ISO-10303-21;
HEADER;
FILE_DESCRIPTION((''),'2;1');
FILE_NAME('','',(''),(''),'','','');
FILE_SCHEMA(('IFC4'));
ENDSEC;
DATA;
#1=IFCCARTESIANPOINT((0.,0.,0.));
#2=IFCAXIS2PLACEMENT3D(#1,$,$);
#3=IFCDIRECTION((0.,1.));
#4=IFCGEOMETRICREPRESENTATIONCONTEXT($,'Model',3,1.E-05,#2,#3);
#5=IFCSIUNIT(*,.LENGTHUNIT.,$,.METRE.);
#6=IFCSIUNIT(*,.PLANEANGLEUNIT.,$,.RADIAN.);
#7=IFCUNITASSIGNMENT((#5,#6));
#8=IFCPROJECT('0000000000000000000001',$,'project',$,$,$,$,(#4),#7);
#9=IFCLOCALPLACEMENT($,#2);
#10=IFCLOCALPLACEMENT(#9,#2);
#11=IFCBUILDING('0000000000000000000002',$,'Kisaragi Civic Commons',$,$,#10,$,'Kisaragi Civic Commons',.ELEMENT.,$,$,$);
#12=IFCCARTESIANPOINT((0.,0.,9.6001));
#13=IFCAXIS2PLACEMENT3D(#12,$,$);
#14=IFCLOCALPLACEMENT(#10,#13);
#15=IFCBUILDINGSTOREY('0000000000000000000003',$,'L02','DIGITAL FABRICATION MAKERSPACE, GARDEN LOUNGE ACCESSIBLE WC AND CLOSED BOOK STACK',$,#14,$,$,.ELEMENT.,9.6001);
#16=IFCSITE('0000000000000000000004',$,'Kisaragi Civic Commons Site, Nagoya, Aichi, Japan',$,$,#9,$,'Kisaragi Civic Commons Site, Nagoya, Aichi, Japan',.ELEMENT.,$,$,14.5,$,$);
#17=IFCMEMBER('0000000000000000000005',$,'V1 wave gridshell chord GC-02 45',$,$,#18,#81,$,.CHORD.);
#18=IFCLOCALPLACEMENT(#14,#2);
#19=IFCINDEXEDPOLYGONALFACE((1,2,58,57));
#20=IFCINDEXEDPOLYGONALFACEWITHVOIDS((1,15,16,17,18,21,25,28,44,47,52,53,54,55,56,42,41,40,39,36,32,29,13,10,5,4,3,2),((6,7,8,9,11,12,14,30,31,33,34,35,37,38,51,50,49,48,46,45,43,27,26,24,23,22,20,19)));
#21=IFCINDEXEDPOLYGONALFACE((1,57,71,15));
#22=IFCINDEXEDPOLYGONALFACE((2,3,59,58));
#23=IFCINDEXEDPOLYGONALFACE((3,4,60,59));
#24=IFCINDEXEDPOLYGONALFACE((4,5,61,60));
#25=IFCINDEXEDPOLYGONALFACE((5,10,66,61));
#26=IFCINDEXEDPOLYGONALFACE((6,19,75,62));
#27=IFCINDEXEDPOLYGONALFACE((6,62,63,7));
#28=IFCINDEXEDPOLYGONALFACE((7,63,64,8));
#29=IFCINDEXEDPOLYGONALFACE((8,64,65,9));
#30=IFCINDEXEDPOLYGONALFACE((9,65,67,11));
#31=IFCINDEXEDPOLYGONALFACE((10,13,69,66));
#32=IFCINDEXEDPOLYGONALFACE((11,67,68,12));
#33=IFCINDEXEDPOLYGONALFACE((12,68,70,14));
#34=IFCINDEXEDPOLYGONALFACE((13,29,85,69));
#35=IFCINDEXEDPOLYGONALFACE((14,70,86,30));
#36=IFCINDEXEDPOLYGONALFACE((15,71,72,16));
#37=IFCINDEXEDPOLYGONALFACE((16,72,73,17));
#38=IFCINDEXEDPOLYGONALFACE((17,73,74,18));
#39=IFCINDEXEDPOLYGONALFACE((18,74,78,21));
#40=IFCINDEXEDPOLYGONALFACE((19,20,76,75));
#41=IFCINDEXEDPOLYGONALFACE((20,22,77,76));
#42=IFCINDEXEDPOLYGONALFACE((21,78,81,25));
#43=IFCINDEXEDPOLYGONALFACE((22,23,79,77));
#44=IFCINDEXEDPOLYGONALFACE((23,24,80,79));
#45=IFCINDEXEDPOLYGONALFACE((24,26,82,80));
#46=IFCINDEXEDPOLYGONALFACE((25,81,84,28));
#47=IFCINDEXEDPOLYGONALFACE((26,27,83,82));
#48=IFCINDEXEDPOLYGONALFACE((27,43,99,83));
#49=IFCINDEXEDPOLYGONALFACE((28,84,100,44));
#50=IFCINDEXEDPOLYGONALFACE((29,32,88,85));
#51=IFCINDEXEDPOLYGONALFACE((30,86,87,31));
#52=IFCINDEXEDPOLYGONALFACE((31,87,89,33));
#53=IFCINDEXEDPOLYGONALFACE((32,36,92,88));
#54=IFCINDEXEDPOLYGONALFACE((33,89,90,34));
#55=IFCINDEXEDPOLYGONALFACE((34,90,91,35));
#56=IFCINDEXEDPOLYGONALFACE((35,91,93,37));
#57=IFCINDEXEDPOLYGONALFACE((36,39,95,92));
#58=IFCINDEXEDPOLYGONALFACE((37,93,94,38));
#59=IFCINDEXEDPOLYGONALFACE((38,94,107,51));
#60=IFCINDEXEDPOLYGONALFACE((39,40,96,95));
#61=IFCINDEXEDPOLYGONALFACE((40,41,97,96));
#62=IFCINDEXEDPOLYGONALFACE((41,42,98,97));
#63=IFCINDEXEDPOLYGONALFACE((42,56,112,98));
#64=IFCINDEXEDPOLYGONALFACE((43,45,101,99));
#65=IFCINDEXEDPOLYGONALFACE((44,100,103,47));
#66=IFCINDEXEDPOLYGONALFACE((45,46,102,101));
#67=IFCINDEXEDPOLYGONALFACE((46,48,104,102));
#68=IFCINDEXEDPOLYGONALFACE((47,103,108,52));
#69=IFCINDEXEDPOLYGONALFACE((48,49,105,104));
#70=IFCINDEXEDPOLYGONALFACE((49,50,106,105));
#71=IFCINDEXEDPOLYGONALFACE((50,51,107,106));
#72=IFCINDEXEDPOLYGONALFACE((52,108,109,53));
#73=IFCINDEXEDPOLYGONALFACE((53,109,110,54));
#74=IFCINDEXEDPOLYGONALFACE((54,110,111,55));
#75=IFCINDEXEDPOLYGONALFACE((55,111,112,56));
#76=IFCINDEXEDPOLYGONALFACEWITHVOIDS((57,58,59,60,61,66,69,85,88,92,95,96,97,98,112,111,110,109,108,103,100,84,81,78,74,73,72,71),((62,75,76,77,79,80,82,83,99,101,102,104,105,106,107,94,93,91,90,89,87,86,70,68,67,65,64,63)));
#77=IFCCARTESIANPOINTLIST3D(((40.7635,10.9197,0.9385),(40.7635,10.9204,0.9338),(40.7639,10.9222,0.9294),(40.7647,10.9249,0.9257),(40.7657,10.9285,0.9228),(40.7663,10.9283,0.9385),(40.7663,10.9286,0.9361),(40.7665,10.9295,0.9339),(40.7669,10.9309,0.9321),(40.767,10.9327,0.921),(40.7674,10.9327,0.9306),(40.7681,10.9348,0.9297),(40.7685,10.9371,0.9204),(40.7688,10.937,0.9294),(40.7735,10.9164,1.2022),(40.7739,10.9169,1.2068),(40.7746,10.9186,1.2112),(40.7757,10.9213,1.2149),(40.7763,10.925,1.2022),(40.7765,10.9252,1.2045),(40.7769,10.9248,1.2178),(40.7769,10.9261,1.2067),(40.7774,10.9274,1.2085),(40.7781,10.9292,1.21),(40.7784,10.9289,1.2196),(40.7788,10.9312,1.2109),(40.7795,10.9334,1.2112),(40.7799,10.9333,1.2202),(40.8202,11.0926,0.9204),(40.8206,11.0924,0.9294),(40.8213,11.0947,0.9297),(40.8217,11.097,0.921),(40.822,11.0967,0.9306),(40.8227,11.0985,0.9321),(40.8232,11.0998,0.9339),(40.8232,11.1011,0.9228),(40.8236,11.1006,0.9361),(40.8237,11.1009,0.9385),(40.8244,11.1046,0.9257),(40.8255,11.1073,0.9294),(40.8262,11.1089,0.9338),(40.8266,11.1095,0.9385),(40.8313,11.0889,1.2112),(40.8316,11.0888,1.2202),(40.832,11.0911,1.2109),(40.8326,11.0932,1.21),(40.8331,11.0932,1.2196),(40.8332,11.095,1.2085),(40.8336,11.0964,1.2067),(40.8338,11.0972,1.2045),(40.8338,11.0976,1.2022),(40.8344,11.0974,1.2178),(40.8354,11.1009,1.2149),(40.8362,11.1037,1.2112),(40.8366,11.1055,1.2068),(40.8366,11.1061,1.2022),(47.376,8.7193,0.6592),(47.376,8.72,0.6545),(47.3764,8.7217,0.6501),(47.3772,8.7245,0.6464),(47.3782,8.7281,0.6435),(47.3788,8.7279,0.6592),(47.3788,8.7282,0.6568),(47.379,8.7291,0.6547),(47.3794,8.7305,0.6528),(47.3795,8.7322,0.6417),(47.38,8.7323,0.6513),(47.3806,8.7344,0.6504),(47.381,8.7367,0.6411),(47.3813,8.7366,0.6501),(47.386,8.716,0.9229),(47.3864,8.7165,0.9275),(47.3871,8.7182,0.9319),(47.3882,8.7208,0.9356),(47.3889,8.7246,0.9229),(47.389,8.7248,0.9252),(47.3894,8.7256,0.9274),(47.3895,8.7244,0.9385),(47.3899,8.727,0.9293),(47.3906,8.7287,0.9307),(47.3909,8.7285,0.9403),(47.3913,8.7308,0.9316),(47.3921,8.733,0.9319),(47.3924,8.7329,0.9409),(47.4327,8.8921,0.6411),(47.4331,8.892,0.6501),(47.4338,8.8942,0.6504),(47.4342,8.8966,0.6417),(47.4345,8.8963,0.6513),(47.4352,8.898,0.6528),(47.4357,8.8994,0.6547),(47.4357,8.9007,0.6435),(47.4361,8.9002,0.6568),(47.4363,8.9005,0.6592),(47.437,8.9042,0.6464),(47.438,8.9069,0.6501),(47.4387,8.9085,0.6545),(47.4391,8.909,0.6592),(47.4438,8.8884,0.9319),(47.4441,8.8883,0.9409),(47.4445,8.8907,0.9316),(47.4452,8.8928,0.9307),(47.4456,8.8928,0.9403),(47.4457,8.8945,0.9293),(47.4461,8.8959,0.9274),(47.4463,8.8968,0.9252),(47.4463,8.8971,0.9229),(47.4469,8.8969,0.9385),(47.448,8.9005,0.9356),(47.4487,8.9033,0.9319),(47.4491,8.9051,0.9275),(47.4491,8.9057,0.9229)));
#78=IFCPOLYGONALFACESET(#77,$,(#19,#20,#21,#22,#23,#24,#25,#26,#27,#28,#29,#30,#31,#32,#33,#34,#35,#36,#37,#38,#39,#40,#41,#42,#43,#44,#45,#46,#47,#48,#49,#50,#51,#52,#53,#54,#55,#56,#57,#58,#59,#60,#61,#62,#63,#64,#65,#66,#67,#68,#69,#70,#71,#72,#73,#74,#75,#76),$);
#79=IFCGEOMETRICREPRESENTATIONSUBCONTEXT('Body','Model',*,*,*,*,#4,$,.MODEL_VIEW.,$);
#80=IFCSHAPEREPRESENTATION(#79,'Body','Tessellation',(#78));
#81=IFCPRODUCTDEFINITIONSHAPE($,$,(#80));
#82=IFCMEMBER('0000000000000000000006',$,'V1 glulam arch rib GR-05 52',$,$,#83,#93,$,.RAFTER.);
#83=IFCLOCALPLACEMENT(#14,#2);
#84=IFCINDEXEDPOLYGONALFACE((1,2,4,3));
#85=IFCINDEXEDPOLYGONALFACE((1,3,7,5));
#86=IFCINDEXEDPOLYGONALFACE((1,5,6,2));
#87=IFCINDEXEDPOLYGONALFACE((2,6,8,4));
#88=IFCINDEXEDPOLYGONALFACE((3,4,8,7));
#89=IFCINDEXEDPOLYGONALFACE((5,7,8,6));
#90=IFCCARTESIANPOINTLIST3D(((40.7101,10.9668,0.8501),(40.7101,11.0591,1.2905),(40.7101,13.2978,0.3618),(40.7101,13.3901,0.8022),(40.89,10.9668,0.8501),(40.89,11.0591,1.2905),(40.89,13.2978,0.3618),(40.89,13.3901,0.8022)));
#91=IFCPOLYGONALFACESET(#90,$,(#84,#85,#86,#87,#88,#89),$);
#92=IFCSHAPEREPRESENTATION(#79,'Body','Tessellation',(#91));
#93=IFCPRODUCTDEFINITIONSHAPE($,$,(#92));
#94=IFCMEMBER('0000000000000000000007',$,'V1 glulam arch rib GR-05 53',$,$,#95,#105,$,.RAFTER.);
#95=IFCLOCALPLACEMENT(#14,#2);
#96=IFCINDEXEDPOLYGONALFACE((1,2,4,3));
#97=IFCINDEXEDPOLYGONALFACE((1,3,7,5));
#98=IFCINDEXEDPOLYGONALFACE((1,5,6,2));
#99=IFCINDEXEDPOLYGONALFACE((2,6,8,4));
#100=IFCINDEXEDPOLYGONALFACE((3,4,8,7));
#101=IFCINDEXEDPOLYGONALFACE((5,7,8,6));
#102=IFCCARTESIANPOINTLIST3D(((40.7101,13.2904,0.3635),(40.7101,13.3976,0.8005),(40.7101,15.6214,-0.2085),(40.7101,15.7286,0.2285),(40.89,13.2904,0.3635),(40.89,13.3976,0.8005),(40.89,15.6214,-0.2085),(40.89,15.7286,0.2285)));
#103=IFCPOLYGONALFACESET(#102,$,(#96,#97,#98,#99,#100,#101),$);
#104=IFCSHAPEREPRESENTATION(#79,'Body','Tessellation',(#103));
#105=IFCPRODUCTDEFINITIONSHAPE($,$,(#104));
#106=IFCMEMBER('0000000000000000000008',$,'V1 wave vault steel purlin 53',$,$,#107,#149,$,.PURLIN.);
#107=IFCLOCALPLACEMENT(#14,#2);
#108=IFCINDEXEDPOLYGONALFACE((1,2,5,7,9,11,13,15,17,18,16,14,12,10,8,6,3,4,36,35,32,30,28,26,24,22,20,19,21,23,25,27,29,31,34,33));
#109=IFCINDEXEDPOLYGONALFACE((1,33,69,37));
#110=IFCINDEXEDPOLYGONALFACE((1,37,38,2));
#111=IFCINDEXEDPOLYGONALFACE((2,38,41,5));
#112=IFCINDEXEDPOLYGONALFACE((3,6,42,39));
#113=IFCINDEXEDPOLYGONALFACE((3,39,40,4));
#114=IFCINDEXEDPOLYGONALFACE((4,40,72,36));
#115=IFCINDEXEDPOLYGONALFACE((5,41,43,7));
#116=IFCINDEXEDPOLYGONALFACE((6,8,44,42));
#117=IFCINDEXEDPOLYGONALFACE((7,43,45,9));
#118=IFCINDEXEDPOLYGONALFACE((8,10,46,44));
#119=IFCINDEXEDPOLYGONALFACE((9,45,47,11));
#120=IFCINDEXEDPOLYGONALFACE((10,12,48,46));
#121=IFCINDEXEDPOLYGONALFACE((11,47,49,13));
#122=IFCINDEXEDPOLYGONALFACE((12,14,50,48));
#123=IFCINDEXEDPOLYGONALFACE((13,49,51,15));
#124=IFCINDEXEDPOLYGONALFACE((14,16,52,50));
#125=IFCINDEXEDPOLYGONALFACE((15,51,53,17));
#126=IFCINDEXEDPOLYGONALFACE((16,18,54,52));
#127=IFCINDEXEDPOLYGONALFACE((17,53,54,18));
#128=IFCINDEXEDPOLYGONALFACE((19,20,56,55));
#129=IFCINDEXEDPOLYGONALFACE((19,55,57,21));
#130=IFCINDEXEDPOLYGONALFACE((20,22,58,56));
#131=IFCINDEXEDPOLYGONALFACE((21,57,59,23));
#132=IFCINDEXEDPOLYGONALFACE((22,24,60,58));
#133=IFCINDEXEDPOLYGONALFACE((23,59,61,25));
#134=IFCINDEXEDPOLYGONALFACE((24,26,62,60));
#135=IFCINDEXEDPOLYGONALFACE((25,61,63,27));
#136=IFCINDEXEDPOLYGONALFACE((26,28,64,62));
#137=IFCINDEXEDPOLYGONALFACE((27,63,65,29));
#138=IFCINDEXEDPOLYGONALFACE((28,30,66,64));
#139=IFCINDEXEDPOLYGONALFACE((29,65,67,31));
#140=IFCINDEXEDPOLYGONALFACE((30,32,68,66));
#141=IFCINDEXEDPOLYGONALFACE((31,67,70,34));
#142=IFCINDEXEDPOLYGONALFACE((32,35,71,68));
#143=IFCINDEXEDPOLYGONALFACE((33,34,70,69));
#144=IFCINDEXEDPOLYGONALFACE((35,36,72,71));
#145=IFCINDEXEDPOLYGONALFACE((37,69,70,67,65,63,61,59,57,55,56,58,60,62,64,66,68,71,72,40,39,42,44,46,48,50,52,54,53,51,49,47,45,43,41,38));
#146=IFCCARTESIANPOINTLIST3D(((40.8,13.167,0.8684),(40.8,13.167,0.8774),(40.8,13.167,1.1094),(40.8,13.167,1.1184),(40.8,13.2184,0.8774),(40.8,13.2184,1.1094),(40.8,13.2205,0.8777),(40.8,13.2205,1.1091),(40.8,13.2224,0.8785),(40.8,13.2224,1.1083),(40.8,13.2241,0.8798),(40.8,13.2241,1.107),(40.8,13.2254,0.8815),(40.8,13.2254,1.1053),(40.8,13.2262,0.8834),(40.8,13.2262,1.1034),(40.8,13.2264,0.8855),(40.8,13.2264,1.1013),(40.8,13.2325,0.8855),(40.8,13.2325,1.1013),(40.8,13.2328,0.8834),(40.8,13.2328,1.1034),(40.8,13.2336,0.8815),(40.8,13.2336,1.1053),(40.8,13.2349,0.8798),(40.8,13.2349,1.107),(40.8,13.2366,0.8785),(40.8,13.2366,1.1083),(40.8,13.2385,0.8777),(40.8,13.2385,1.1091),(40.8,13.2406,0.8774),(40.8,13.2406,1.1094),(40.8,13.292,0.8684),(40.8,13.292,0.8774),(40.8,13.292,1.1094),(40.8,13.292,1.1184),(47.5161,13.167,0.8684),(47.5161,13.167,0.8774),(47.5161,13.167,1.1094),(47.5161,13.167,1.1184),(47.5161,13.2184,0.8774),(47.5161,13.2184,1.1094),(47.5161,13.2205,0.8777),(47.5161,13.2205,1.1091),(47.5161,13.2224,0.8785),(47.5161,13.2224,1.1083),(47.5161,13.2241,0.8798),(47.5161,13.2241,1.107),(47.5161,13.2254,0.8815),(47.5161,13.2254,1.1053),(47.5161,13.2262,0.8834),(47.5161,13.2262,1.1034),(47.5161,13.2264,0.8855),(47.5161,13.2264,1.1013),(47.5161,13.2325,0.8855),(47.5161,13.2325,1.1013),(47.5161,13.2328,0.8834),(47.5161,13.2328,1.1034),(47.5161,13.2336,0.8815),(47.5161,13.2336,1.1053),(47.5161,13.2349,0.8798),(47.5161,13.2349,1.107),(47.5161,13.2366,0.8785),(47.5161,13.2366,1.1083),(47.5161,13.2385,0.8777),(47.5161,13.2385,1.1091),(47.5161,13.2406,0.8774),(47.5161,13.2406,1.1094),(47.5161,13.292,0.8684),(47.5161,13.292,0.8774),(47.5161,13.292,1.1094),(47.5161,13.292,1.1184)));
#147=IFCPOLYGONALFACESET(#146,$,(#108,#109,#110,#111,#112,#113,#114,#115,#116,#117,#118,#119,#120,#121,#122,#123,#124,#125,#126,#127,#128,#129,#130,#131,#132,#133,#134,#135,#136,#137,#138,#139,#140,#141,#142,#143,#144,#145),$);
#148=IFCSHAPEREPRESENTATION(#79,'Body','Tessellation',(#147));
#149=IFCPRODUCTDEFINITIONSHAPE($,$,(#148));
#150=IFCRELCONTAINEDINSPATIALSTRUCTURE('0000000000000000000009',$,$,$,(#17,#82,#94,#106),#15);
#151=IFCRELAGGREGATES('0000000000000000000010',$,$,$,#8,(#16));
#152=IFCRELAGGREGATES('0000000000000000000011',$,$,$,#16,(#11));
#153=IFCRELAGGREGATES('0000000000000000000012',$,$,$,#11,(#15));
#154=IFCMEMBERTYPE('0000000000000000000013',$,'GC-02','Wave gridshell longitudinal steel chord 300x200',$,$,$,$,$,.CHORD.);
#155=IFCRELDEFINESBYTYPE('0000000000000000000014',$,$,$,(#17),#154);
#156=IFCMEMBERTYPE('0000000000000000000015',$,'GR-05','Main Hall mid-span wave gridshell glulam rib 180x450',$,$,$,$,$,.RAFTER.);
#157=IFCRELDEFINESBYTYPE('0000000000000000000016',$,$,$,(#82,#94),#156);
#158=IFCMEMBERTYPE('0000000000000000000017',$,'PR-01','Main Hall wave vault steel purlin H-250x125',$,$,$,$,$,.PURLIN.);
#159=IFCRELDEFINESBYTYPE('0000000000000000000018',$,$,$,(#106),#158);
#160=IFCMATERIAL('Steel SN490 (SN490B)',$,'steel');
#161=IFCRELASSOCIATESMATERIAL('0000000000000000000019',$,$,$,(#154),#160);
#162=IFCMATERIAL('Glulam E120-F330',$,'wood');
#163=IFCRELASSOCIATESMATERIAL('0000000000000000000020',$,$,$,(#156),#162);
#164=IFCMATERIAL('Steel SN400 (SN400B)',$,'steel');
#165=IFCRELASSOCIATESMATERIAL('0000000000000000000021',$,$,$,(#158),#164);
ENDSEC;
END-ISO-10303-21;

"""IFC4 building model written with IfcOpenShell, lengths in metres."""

from ifc_helpers import new_model, si_unit, direction, frame, origin, origin_2d, place, context, subcontext, project, spatial, rectangle, hollow_rectangle, i_section, extrude, material, material_profile, profile_set, type_object, element, save


model = new_model("IFC4")

# Units and contexts
model_context = context("Model", 3, precision=1e-05, world=origin(), true_north=direction((0.0, 1.0)))
body_context = subcontext(model_context, "Body", "Model", "MODEL_VIEW")
ifc_project = project(units=[si_unit("LENGTHUNIT", "METRE"), si_unit("PLANEANGLEUNIT", "RADIAN")], contexts=[model_context])

# Site, building, storey
site_placement = place(None, origin())
site = spatial("IfcSite", under=ifc_project, at=site_placement, Name="Kisaragi Civic Commons Site, Nagoya, Aichi, Japan", LongName="Kisaragi Civic Commons Site, Nagoya, Aichi, Japan", CompositionType="ELEMENT", RefElevation=14.5)
building_placement = place(site_placement, origin())
building = spatial("IfcBuilding", under=site, at=building_placement, Name="Kisaragi Civic Commons", LongName="Kisaragi Civic Commons", CompositionType="ELEMENT")
storey_placement = place(building_placement, frame((0.0, 0.0, 9.6001)))
storey = spatial("IfcBuildingStorey", under=building, at=storey_placement, Name="L02", Description="DIGITAL FABRICATION MAKERSPACE, GARDEN LOUNGE ACCESSIBLE WC AND CLOSED BOOK STACK", CompositionType="ELEMENT", Elevation=9.6001)

# Members
ifc_material_1 = material(Name="Steel SN400 (SN400B)", Category="steel")
ifc_material_2 = material(Name="Steel SN490 (SN490B)", Category="steel")
ifc_material_profile_1 = material_profile(ifc_material_2, hollow_rectangle(XDim=0.2, YDim=0.3, WallThickness=0.009, InnerFilletRadius=0.009, OuterFilletRadius=0.0181, at=origin_2d()), Name="STKR-300x200x9", Category="steel")
ifc_profile_set_1 = profile_set([ifc_material_profile_1], Name="Steel SN490 (SN490B)")
member_type_1 = type_object("IfcMemberType", Name="GC-02", Description="Wave gridshell longitudinal steel chord 300x200", PredefinedType="CHORD", material=ifc_profile_set_1)
member_1_placement = place(storey_placement, frame((40.8, 11.0129, 1.0703), z_axis=(0.948083, -0.315491, -0.040045), x_axis=(0.315744, 0.948844, 0.0)))
element("IfcMember", 1, at=member_1_placement, inside=storey, type_object=member_type_1, Name="V1 wave gridshell chord GC-02 45", PredefinedType="CHORD", context=body_context, shape_type="SweptSolid", body=[
    extrude(hollow_rectangle(XDim=0.2, YDim=0.3, WallThickness=0.009, InnerFilletRadius=0.009, OuterFilletRadius=0.0181, at=origin_2d()), origin(), (0.0, 0.0, 1.0), 6.9746),
])
ifc_material_3 = material(Name="Glulam E120-F330", Category="wood")
ifc_material_profile_2 = material_profile(ifc_material_3, rectangle(XDim=0.1799, YDim=0.45, at=origin_2d()), Name="GL-180x450", Category="wood")
ifc_profile_set_2 = profile_set([ifc_material_profile_2], Name="Glulam E120-F330")
member_type_2 = type_object("IfcMemberType", Name="GR-05", Description="Main Hall mid-span wave gridshell glulam rib 180x450", PredefinedType="RAFTER", material=ifc_profile_set_2)
member_2_placement = place(storey_placement, frame((40.8, 11.0129, 1.0703), z_axis=(0.0, 0.978758, -0.205018), x_axis=(-1.0, 0.0, 0.0)))
element("IfcMember", 2, at=member_2_placement, inside=storey, type_object=member_type_2, Name="V1 glulam arch rib GR-05 52", PredefinedType="RAFTER", context=body_context, shape_type="SweptSolid", body=[
    extrude(rectangle(XDim=0.1799, YDim=0.45, at=origin_2d()), origin(), (0.0, 0.0, 1.0), 2.3816),
])
member_3_placement = place(storey_placement, frame((40.8, 13.344, 0.582), z_axis=(0.0, 0.971186, -0.238321), x_axis=(-1.0, 0.0, 0.0)))
element("IfcMember", 3, at=member_3_placement, inside=storey, type_object=member_type_2, Name="V1 glulam arch rib GR-05 53", PredefinedType="RAFTER", context=body_context, shape_type="SweptSolid", body=[
    extrude(rectangle(XDim=0.1799, YDim=0.45, at=origin_2d()), origin(), (0.0, 0.0, 1.0), 2.4001),
])
ifc_material_profile_3 = material_profile(ifc_material_1, i_section(OverallWidth=0.125, OverallDepth=0.25, WebThickness=0.0061, FlangeThickness=0.009, FilletRadius=0.0081, at=origin_2d()), Name="H-250x125x6x9", Category="steel")
ifc_profile_set_3 = profile_set([ifc_material_profile_3], Name="Steel SN400 (SN400B)")
member_type_3 = type_object("IfcMemberType", Name="PR-01", Description="Main Hall wave vault steel purlin H-250x125", PredefinedType="PURLIN", material=ifc_profile_set_3)
member_4_placement = place(storey_placement, frame((40.8, 13.2295, 0.9934), z_axis=(1.0, 0.0, 0.0), x_axis=(0.0, 1.0, 0.0)))
element("IfcMember", 4, at=member_4_placement, inside=storey, type_object=member_type_3, Name="V1 wave vault steel purlin 53", PredefinedType="PURLIN", context=body_context, shape_type="SweptSolid", body=[
    extrude(i_section(OverallWidth=0.125, OverallDepth=0.25, WebThickness=0.0061, FlangeThickness=0.009, FilletRadius=0.0081, at=origin_2d()), origin(), (0.0, 0.0, 1.0), 6.7161),
])

save(model, "model.ifc")
